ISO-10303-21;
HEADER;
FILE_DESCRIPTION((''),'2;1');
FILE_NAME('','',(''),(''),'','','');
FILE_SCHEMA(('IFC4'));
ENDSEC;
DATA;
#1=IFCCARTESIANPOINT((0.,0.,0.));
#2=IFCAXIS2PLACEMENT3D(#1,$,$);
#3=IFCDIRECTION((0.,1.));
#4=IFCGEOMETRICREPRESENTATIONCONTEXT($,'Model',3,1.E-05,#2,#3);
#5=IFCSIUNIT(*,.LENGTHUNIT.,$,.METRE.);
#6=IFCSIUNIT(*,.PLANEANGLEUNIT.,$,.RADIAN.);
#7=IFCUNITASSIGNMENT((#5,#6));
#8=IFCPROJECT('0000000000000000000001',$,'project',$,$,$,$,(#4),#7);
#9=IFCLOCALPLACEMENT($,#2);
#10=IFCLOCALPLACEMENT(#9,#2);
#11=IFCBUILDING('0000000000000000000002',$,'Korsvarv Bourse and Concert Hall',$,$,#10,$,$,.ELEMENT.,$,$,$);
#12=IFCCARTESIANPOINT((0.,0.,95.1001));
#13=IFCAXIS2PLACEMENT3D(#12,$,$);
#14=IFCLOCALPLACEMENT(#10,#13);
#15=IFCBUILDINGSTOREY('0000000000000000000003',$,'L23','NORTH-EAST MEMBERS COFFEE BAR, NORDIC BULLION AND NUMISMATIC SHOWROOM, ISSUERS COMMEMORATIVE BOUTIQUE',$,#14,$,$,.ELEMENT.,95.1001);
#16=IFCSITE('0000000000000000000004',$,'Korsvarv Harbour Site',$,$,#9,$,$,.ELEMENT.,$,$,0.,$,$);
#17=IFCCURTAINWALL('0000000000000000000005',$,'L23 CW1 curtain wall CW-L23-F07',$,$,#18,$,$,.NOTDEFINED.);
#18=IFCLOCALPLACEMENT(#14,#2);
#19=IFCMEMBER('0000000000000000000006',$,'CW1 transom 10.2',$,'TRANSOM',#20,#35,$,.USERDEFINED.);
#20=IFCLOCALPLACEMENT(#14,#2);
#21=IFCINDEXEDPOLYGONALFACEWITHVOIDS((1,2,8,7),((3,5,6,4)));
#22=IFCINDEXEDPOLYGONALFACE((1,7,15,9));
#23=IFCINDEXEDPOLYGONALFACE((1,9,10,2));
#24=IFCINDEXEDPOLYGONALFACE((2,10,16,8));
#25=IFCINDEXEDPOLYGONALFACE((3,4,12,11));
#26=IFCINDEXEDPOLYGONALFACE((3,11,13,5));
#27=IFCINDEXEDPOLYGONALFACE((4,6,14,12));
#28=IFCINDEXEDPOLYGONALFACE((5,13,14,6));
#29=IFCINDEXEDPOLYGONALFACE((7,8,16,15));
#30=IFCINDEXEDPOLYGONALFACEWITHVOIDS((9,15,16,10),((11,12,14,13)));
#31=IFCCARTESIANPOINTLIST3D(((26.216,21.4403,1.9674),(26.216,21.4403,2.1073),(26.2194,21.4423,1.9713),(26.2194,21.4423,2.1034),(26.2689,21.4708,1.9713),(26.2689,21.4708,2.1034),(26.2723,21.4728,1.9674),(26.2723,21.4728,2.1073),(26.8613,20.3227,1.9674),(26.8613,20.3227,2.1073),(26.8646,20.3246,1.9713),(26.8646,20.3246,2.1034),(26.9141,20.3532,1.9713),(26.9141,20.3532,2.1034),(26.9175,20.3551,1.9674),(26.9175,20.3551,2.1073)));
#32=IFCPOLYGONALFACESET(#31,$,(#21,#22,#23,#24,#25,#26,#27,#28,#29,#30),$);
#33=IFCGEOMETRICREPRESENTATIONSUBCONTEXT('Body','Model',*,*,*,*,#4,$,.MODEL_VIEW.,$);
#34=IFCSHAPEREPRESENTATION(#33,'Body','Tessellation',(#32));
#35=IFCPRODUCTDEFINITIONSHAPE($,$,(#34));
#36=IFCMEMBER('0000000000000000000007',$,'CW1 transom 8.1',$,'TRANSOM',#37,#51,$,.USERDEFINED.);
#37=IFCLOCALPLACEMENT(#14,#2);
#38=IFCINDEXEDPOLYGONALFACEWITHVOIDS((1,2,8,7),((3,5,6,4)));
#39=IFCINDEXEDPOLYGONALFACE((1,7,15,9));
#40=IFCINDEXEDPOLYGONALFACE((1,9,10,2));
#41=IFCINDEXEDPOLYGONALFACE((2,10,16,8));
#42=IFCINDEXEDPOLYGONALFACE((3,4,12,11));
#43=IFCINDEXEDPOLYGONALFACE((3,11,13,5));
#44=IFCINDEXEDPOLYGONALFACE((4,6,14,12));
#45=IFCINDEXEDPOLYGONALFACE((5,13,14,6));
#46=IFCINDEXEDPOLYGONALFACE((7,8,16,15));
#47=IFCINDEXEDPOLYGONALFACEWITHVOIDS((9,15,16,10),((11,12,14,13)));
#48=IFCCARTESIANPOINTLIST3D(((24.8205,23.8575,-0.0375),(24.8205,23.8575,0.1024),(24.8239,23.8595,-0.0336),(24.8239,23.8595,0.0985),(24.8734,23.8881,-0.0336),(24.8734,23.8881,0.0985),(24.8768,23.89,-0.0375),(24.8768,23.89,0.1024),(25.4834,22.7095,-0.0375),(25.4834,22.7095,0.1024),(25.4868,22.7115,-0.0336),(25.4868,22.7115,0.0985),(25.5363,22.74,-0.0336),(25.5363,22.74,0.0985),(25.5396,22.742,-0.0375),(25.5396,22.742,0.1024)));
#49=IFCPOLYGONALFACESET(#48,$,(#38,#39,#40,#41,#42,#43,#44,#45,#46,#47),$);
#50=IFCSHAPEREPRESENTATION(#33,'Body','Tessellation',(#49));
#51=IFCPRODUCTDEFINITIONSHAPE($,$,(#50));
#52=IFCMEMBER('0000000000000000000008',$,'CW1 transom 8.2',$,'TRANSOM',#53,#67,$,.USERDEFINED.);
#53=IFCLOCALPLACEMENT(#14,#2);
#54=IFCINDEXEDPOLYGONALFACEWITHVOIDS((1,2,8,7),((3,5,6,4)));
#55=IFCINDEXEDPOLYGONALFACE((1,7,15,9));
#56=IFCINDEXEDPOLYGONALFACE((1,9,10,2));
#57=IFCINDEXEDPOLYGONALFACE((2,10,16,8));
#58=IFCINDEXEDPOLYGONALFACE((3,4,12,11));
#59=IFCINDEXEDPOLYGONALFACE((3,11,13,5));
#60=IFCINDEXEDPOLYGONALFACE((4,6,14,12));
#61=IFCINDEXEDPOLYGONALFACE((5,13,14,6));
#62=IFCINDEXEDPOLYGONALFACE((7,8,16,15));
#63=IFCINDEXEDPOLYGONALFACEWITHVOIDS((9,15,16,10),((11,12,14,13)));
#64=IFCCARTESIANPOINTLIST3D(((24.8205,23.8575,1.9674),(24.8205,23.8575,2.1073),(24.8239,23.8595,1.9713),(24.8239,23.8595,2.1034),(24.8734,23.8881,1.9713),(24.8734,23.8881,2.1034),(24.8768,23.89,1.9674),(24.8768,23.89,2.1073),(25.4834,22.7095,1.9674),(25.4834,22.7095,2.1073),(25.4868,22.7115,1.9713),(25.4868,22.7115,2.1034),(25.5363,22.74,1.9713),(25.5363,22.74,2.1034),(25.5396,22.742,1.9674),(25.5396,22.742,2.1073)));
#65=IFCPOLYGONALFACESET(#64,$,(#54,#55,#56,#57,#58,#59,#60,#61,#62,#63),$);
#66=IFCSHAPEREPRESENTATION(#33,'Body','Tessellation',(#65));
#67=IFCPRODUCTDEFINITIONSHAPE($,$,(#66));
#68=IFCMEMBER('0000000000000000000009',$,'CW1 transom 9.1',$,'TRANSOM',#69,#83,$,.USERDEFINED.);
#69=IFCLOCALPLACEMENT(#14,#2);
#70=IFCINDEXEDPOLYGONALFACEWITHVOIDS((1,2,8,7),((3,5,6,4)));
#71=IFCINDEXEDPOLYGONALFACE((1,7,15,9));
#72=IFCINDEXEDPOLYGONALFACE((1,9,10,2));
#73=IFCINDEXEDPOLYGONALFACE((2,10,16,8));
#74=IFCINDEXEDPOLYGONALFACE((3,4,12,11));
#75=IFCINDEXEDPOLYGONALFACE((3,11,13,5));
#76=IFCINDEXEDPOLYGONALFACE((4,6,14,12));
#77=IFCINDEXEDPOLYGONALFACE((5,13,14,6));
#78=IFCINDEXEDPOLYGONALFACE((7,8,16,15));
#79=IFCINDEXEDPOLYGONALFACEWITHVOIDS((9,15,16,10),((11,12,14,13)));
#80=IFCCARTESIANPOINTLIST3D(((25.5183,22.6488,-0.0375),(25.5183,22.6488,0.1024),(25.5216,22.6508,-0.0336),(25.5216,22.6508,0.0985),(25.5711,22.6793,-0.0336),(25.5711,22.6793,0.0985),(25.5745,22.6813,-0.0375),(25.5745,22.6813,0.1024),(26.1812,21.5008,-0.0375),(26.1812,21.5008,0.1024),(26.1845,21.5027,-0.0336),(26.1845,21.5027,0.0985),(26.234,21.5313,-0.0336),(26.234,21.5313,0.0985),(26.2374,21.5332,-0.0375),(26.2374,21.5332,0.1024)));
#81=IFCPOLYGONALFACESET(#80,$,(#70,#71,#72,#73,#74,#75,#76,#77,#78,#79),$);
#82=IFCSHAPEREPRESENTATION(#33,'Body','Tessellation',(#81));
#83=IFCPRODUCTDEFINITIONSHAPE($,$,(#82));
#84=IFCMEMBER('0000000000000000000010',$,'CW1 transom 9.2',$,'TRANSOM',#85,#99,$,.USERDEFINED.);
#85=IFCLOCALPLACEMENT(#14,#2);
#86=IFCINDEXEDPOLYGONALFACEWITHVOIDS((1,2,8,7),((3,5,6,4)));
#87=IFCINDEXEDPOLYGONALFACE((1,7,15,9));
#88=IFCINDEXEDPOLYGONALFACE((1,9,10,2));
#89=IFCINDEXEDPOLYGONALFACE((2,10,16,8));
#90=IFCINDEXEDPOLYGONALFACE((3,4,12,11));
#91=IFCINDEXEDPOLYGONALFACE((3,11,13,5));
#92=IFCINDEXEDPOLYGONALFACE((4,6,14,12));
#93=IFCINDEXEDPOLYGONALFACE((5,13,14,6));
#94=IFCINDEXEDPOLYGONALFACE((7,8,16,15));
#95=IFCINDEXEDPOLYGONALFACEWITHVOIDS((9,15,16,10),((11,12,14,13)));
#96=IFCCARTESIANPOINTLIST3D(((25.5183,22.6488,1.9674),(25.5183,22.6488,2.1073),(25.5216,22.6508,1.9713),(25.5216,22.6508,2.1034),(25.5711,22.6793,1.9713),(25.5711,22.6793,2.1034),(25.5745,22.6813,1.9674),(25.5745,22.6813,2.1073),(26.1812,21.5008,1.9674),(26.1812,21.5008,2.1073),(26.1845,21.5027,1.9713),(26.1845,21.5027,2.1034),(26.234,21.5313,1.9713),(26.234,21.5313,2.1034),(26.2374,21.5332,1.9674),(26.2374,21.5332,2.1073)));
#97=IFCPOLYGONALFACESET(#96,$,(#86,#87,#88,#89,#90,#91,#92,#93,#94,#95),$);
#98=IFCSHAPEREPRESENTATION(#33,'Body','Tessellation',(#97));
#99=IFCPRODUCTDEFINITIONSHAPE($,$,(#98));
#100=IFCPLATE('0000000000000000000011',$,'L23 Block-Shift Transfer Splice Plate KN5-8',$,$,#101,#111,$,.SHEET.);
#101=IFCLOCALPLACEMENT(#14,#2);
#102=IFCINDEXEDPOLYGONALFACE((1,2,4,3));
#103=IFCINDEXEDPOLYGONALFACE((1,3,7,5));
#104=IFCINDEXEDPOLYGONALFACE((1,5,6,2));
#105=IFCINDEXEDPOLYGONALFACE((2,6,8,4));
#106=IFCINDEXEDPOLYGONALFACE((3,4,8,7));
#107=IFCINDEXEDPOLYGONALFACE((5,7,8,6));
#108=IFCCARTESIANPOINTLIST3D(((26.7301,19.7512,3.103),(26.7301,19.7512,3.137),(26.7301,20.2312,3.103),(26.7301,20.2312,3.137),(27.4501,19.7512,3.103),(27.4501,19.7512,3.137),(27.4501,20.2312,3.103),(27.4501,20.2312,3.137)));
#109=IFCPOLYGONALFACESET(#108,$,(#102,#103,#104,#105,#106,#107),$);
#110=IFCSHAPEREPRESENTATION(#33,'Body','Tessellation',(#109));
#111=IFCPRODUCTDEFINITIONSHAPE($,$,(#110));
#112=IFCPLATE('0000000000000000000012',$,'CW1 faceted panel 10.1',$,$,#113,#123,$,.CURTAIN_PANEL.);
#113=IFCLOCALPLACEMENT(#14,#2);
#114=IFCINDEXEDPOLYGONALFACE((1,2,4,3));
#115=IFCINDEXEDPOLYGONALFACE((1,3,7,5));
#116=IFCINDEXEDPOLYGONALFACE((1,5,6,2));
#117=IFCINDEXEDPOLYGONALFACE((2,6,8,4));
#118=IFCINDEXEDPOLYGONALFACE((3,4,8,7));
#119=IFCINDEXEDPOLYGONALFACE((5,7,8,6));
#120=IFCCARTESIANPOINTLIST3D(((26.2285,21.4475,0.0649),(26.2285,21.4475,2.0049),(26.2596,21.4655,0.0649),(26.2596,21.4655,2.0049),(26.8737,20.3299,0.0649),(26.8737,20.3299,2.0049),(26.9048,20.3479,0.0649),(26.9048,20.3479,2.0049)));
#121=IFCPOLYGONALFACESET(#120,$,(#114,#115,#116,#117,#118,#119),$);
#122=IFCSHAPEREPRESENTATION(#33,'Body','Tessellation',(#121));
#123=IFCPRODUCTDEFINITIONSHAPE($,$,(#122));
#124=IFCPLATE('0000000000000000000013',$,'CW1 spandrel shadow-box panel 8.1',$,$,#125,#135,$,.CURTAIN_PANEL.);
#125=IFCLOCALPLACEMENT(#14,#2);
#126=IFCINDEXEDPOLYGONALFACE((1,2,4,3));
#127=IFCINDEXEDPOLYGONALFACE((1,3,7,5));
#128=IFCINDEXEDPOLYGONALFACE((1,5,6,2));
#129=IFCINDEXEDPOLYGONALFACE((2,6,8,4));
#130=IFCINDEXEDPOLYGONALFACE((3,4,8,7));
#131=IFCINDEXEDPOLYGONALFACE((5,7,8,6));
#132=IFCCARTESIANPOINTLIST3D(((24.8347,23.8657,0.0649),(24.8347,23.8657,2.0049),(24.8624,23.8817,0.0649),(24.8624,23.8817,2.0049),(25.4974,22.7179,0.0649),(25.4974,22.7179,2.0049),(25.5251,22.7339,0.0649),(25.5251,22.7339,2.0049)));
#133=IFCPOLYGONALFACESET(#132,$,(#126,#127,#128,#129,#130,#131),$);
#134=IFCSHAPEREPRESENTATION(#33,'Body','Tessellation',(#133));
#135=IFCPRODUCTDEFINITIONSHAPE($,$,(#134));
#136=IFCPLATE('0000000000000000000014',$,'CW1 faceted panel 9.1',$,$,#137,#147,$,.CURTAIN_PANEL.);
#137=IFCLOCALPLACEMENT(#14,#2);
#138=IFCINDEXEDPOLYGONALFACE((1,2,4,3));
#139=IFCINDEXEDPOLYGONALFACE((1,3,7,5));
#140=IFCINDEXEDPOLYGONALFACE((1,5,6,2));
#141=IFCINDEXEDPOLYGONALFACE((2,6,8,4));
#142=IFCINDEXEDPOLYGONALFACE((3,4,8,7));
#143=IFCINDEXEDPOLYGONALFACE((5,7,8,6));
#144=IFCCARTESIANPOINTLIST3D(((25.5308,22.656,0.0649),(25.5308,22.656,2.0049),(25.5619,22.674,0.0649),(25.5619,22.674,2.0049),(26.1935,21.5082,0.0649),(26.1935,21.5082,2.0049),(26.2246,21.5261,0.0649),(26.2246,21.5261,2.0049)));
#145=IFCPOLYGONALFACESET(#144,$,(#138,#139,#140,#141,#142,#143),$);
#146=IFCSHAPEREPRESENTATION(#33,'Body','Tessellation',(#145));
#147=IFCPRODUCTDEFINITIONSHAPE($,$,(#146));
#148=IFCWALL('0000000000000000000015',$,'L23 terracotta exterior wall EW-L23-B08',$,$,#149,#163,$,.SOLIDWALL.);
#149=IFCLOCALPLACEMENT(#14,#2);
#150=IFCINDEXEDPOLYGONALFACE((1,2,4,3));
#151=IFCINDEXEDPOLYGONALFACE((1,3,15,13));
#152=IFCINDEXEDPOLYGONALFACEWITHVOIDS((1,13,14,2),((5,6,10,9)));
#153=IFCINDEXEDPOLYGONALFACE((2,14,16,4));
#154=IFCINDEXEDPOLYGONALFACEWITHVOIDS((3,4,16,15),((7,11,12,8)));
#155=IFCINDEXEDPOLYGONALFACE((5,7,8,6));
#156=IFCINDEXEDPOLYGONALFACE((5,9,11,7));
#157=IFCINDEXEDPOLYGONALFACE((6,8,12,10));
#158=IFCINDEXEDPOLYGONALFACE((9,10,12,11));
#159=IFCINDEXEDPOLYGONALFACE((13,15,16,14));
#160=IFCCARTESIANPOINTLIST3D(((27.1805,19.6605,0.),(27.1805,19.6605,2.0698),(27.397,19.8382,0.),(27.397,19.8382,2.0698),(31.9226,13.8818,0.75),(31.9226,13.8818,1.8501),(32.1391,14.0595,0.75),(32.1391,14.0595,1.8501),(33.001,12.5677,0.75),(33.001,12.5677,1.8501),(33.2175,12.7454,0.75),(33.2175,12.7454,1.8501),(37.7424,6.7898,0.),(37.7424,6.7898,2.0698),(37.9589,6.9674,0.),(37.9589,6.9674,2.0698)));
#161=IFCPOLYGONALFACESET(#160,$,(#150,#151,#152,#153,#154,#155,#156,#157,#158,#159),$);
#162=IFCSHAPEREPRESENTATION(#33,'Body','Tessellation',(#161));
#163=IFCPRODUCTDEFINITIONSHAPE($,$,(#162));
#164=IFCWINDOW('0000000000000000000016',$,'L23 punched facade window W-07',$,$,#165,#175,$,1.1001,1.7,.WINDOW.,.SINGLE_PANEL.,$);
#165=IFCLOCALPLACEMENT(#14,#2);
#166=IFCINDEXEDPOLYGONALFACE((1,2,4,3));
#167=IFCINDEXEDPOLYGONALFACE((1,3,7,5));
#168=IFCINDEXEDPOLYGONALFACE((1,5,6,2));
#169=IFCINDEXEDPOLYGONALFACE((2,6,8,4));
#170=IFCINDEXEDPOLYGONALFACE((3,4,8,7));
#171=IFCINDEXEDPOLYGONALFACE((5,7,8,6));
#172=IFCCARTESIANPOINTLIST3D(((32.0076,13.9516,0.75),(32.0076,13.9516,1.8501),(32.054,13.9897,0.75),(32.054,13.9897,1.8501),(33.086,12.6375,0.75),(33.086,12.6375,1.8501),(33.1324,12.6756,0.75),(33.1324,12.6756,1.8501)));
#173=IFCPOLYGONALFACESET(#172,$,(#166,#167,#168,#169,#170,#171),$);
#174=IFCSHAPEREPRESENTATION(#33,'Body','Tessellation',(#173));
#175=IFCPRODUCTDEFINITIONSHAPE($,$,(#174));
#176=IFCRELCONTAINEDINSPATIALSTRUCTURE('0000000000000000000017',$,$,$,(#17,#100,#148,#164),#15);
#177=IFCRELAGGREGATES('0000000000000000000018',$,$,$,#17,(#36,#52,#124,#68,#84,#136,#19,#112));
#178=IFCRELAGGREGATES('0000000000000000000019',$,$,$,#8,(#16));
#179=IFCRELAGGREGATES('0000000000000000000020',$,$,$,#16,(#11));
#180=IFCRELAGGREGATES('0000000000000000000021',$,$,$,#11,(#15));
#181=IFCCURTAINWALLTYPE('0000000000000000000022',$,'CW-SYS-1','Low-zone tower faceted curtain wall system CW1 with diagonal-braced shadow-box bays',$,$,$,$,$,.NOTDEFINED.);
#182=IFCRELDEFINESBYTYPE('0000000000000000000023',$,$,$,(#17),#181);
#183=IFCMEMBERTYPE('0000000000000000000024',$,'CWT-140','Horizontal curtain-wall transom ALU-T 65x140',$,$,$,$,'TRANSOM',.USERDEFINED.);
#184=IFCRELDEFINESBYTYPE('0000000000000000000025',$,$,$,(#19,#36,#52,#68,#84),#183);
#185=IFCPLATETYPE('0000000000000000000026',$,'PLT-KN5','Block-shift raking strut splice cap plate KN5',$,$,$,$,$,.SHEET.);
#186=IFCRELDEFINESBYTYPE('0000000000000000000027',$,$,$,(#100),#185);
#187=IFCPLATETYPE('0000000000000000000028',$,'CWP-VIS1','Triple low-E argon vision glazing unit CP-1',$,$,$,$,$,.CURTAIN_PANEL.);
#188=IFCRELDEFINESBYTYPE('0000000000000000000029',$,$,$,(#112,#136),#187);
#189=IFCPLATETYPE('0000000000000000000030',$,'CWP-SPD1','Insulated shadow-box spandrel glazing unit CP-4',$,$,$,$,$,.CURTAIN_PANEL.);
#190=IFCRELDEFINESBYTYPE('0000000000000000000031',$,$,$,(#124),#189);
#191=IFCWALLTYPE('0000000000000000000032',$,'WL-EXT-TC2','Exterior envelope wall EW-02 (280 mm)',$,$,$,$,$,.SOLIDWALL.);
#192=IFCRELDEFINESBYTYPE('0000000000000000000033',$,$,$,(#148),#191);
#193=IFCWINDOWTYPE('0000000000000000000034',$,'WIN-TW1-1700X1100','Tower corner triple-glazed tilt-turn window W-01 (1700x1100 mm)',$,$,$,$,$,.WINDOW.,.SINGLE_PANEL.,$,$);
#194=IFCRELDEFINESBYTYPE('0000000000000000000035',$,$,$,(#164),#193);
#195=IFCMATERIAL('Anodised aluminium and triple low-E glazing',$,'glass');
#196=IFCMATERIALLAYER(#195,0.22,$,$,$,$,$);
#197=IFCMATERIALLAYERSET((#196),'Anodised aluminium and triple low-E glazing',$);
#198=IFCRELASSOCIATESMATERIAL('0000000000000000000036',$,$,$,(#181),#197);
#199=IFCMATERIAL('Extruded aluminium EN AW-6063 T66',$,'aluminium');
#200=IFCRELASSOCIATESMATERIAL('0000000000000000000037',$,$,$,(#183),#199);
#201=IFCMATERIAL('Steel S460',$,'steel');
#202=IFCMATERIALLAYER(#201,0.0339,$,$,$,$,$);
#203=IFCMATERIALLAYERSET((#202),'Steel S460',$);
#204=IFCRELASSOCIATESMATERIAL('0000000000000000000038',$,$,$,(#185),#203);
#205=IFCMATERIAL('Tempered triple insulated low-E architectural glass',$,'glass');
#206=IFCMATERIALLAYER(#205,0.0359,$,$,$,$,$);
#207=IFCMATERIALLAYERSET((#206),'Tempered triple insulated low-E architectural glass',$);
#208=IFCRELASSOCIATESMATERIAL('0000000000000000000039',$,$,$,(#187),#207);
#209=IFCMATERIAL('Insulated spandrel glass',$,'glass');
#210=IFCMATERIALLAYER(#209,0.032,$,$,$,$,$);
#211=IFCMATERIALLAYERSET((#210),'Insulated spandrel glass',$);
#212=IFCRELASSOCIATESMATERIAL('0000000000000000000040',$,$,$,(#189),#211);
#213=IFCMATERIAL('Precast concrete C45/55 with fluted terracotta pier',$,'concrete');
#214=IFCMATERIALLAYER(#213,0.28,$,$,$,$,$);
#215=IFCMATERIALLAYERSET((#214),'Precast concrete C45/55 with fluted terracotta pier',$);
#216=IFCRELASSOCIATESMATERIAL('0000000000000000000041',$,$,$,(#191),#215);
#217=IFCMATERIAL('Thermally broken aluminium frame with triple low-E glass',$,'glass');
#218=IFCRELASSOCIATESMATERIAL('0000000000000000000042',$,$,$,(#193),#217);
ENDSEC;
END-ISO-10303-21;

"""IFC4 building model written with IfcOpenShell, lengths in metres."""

from ifc_helpers import new_model, si_unit, direction, frame, frame_2d, origin, origin_2d, place, context, subcontext, project, spatial, rectangle, hollow_rectangle, extrude, source, transform, mapped, material, layer, layer_set, material_profile, profile_set, type_object, element, fill, aggregate, save


model = new_model("IFC4")

# Units and contexts
model_context = context("Model", 3, precision=1e-05, world=origin(), true_north=direction((0.0, 1.0)))
body_context = subcontext(model_context, "Body", "Model", "MODEL_VIEW")
ifc_project = project(units=[si_unit("LENGTHUNIT", "METRE"), si_unit("PLANEANGLEUNIT", "RADIAN")], contexts=[model_context])

# Site, building, storey
site_placement = place(None, origin())
site = spatial("IfcSite", under=ifc_project, at=site_placement, Name="Korsvarv Harbour Site", CompositionType="ELEMENT", RefElevation=0.0)
building_placement = place(site_placement, origin())
building = spatial("IfcBuilding", under=site, at=building_placement, Name="Korsvarv Bourse and Concert Hall", CompositionType="ELEMENT")
storey_placement = place(building_placement, frame((0.0, 0.0, 95.1001)))
storey = spatial("IfcBuildingStorey", under=building, at=storey_placement, Name="L23", Description="NORTH-EAST MEMBERS COFFEE BAR, NORDIC BULLION AND NUMISMATIC SHOWROOM, ISSUERS COMMEMORATIVE BOUTIQUE", CompositionType="ELEMENT", Elevation=95.1001)

# Shared definitions
ifc_material_1 = material(Name="Steel S460", Category="steel")

# Curtain wall, members
ifc_material_2 = material(Name="Anodised aluminium and triple low-E glazing", Category="glass")
ifc_layer_1 = layer(ifc_material_2, 0.22)
ifc_layer_set_1 = layer_set([ifc_layer_1], Name="Anodised aluminium and triple low-E glazing")
curtain_wall_type = type_object("IfcCurtainWallType", Name="CW-SYS-1", Description="Low-zone tower faceted curtain wall system CW1 with diagonal-braced shadow-box bays", PredefinedType="NOTDEFINED", material=ifc_layer_set_1)
curtain_wall_placement = place(storey_placement, origin())
curtain_wall = element("IfcCurtainWall", 1, at=curtain_wall_placement, inside=storey, type_object=curtain_wall_type, Name="L23 CW1 curtain wall CW-L23-F07", PredefinedType="NOTDEFINED")
ifc_material_3 = material(Name="Extruded aluminium EN AW-6063 T66", Category="aluminium")
ifc_material_profile_1 = material_profile(ifc_material_3, hollow_rectangle(XDim=0.0649, YDim=0.1399, WallThickness=0.0039, at=origin_2d()), Name="ALU-T 65x140")
ifc_profile_set_1 = profile_set([ifc_material_profile_1], Name="Extruded aluminium EN AW-6063 T66")
member_type_1 = type_object("IfcMemberType", Name="CWT-140", Description="Horizontal curtain-wall transom ALU-T 65x140", ElementType="TRANSOM", PredefinedType="USERDEFINED", material=ifc_profile_set_1)
shared_shape_1 = source(origin(), body_context, "Body", "SweptSolid", [
    extrude(hollow_rectangle(XDim=0.0649, YDim=0.1399, WallThickness=0.0039, at=origin_2d()), origin(), (0.0, 0.0, 1.0), 1.2905),
])
member_1_placement = place(storey_placement, frame((26.2441, 21.4565, 2.0374), z_axis=(0.499984, -0.866034, 0.0), x_axis=(0.866034, 0.499984, 0.0)))
member_1 = element("IfcMember", 2, at=member_1_placement, type_object=member_type_1, Name="CW1 transom 10.2", ObjectType="TRANSOM", PredefinedType="USERDEFINED", context=body_context, shape_type="MappedRepresentation", body=[
    mapped(shared_shape_1, transform((0.0, 0.0, 0.0), scale=1.0)),
])
shared_shape_2 = source(origin(), body_context, "Body", "SweptSolid", [
    extrude(hollow_rectangle(XDim=0.0649, YDim=0.1399, WallThickness=0.0039, at=origin_2d()), origin(), (0.0, 0.0, 1.0), 1.3257),
])
member_2_placement = place(storey_placement, frame((24.8486, 23.8738, 0.0325), z_axis=(0.500041, -0.866002, 0.0), x_axis=(0.866002, 0.500041, 0.0)))
member_2 = element("IfcMember", 3, at=member_2_placement, type_object=member_type_1, Name="CW1 transom 8.1", ObjectType="TRANSOM", PredefinedType="USERDEFINED", context=body_context, shape_type="MappedRepresentation", body=[
    mapped(shared_shape_2, transform((0.0, 0.0, 0.0), scale=1.0)),
])
member_3_placement = place(storey_placement, frame((24.8486, 23.8738, 2.0374), z_axis=(0.500041, -0.866002, 0.0), x_axis=(0.866002, 0.500041, 0.0)))
member_3 = element("IfcMember", 4, at=member_3_placement, type_object=member_type_1, Name="CW1 transom 8.2", ObjectType="TRANSOM", PredefinedType="USERDEFINED", context=body_context, shape_type="MappedRepresentation", body=[
    mapped(shared_shape_2, transform((0.0, 0.0, 0.0), scale=1.0)),
])
member_4_placement = place(storey_placement, frame((25.5464, 22.665, 0.0325), z_axis=(0.500041, -0.866002, 0.0), x_axis=(0.866002, 0.500041, 0.0)))
member_4 = element("IfcMember", 5, at=member_4_placement, type_object=member_type_1, Name="CW1 transom 9.1", ObjectType="TRANSOM", PredefinedType="USERDEFINED", context=body_context, shape_type="MappedRepresentation", body=[
    mapped(shared_shape_2, transform((0.0, 0.0, 0.0), scale=1.0)),
])
member_5_placement = place(storey_placement, frame((25.5464, 22.665, 2.0374), z_axis=(0.500041, -0.866002, 0.0), x_axis=(0.866002, 0.500041, 0.0)))
member_5 = element("IfcMember", 6, at=member_5_placement, type_object=member_type_1, Name="CW1 transom 9.2", ObjectType="TRANSOM", PredefinedType="USERDEFINED", context=body_context, shape_type="MappedRepresentation", body=[
    mapped(shared_shape_2, transform((0.0, 0.0, 0.0), scale=1.0)),
])

# Plates
ifc_layer_2 = layer(ifc_material_1, 0.0339)
ifc_layer_set_2 = layer_set([ifc_layer_2], Name="Steel S460")
plate_type_1 = type_object("IfcPlateType", Name="PLT-KN5", Description="Block-shift raking strut splice cap plate KN5", PredefinedType="SHEET", material=ifc_layer_set_2)
shared_shape_3 = source(origin(), body_context, "Body", "SweptSolid", [
    extrude(rectangle(XDim=0.72, YDim=0.48, at=origin_2d()), origin(), (0.0, 0.0, 1.0), 0.0339),
])
plate_1_placement = place(storey_placement, frame((27.0901, 19.9912, 3.103), z_axis=(0.0, 0.0, 1.0), x_axis=(1.0, 0.0, 0.0)))
element("IfcPlate", 7, at=plate_1_placement, inside=storey, type_object=plate_type_1, Name="L23 Block-Shift Transfer Splice Plate KN5-8", PredefinedType="SHEET", context=body_context, shape_type="MappedRepresentation", body=[
    mapped(shared_shape_3, transform((0.0, 0.0, 0.0), scale=1.0)),
])
ifc_material_4 = material(Name="Tempered triple insulated low-E architectural glass", Category="glass")
ifc_layer_3 = layer(ifc_material_4, 0.0359)
ifc_layer_set_3 = layer_set([ifc_layer_3], Name="Tempered triple insulated low-E architectural glass")
plate_type_2 = type_object("IfcPlateType", Name="CWP-VIS1", Description="Triple low-E argon vision glazing unit CP-1", PredefinedType="CURTAIN_PANEL", material=ifc_layer_set_3)
shared_shape_4 = source(origin(), body_context, "Body", "SweptSolid", [
    extrude(rectangle(XDim=1.2905, YDim=0.0359, at=origin_2d()), origin(), (0.0, 0.0, 1.0), 1.9399),
])
plate_2_placement = place(storey_placement, frame((26.5667, 20.8977, 0.0649), z_axis=(0.0, 0.0, 1.0), x_axis=(0.499999, -0.866026, 0.0)))
plate_2 = element("IfcPlate", 8, at=plate_2_placement, type_object=plate_type_2, Name="CW1 faceted panel 10.1", PredefinedType="CURTAIN_PANEL", context=body_context, shape_type="MappedRepresentation", body=[
    mapped(shared_shape_4, transform((0.0, 0.0, 0.0), scale=1.0)),
])
ifc_material_5 = material(Name="Insulated spandrel glass", Category="glass")
ifc_layer_4 = layer(ifc_material_5, 0.032)
ifc_layer_set_4 = layer_set([ifc_layer_4], Name="Insulated spandrel glass")
plate_type_3 = type_object("IfcPlateType", Name="CWP-SPD1", Description="Insulated shadow-box spandrel glazing unit CP-4", PredefinedType="CURTAIN_PANEL", material=ifc_layer_set_4)
shared_shape_5 = source(origin(), body_context, "Body", "SweptSolid", [
    extrude(rectangle(XDim=1.3254, YDim=0.032, at=origin_2d()), origin(), (0.0, 0.0, 1.0), 1.9399),
])
plate_3_placement = place(storey_placement, frame((25.1799, 23.2998, 0.0649), z_axis=(0.0, 0.0, 1.0), x_axis=(0.499999, -0.866026, 0.0)))
plate_3 = element("IfcPlate", 9, at=plate_3_placement, type_object=plate_type_3, Name="CW1 spandrel shadow-box panel 8.1", PredefinedType="CURTAIN_PANEL", context=body_context, shape_type="MappedRepresentation", body=[
    mapped(shared_shape_5, transform((0.0, 0.0, 0.0), scale=1.0)),
])
shared_shape_6 = source(origin(), body_context, "Body", "SweptSolid", [
    extrude(rectangle(XDim=1.3254, YDim=0.0359, at=origin_2d()), origin(), (0.0, 0.0, 1.0), 1.9399),
])
plate_4_placement = place(storey_placement, frame((25.8777, 22.0911, 0.0649), z_axis=(0.0, 0.0, 1.0), x_axis=(0.499999, -0.866026, 0.0)))
plate_4 = element("IfcPlate", 10, at=plate_4_placement, type_object=plate_type_2, Name="CW1 faceted panel 9.1", PredefinedType="CURTAIN_PANEL", context=body_context, shape_type="MappedRepresentation", body=[
    mapped(shared_shape_6, transform((0.0, 0.0, 0.0), scale=1.0)),
])
aggregate(curtain_wall, [member_2, member_3, plate_3, member_4, member_5, plate_4, member_1, plate_2])

# Wall, opening, window
ifc_material_6 = material(Name="Precast concrete C45/55 with fluted terracotta pier", Category="concrete")
ifc_layer_5 = layer(ifc_material_6, 0.28)
ifc_layer_set_5 = layer_set([ifc_layer_5], Name="Precast concrete C45/55 with fluted terracotta pier")
wall_type_1 = type_object("IfcWallType", Name="WL-EXT-TC2", Description="Exterior envelope wall EW-02 (280 mm)", PredefinedType="SOLIDWALL", material=ifc_layer_set_5)
wall_1_placement = place(storey_placement, frame((27.2888, 19.7493, 0.0), z_axis=(0.0, 0.0, 1.0), x_axis=(0.634364, -0.773035, 0.0)))
wall_1 = element("IfcWall", 11, at=wall_1_placement, inside=storey, type_object=wall_type_1, Name="L23 terracotta exterior wall EW-L23-B08", PredefinedType="SOLIDWALL", context=body_context, shape_type="SweptSolid", body=[
    extrude(rectangle(XDim=16.6497, YDim=0.28, at=frame_2d((8.3247, 0.0))), origin(), (0.0, 0.0, 1.0), 2.0698),
])
opening_1_placement = place(wall_1_placement, frame((7.4751, 0.0, 0.75)))
opening_1 = element("IfcOpeningElement", 12, at=opening_1_placement, cuts=wall_1, PredefinedType="OPENING", context=body_context, shape_type="SweptSolid", body=[
    extrude(rectangle(XDim=1.7, YDim=1.1001, at=frame_2d((0.8501, 0.55))), frame((0.0, 0.1499, 0.0), z_axis=(0.0, -1.0, 0.0), x_axis=(1.0, 0.0, 0.0)), (0.0, 0.0, 1.0), 0.3),
])
ifc_material_7 = material(Name="Thermally broken aluminium frame with triple low-E glass", Category="glass")
window_type = type_object("IfcWindowType", Name="WIN-TW1-1700X1100", Description="Tower corner triple-glazed tilt-turn window W-01 (1700x1100 mm)", PartitioningType="SINGLE_PANEL", PredefinedType="WINDOW", material=ifc_material_7)
window_placement = place(opening_1_placement, origin())
window = element("IfcWindow", 13, at=window_placement, inside=storey, type_object=window_type, Name="L23 punched facade window W-07", OverallHeight=1.1001, OverallWidth=1.7, PartitioningType="SINGLE_PANEL", PredefinedType="WINDOW", context=body_context, shape_type="SweptSolid", body=[
    extrude(rectangle(XDim=1.7, YDim=1.1001, at=frame_2d((0.8501, 0.55))), frame((0.0, 0.03, 0.0), z_axis=(0.0, -1.0, 0.0), x_axis=(1.0, 0.0, 0.0)), (0.0, 0.0, 1.0), 0.0601),
])
fill(opening_1, window)

save(model, "model.ifc")
